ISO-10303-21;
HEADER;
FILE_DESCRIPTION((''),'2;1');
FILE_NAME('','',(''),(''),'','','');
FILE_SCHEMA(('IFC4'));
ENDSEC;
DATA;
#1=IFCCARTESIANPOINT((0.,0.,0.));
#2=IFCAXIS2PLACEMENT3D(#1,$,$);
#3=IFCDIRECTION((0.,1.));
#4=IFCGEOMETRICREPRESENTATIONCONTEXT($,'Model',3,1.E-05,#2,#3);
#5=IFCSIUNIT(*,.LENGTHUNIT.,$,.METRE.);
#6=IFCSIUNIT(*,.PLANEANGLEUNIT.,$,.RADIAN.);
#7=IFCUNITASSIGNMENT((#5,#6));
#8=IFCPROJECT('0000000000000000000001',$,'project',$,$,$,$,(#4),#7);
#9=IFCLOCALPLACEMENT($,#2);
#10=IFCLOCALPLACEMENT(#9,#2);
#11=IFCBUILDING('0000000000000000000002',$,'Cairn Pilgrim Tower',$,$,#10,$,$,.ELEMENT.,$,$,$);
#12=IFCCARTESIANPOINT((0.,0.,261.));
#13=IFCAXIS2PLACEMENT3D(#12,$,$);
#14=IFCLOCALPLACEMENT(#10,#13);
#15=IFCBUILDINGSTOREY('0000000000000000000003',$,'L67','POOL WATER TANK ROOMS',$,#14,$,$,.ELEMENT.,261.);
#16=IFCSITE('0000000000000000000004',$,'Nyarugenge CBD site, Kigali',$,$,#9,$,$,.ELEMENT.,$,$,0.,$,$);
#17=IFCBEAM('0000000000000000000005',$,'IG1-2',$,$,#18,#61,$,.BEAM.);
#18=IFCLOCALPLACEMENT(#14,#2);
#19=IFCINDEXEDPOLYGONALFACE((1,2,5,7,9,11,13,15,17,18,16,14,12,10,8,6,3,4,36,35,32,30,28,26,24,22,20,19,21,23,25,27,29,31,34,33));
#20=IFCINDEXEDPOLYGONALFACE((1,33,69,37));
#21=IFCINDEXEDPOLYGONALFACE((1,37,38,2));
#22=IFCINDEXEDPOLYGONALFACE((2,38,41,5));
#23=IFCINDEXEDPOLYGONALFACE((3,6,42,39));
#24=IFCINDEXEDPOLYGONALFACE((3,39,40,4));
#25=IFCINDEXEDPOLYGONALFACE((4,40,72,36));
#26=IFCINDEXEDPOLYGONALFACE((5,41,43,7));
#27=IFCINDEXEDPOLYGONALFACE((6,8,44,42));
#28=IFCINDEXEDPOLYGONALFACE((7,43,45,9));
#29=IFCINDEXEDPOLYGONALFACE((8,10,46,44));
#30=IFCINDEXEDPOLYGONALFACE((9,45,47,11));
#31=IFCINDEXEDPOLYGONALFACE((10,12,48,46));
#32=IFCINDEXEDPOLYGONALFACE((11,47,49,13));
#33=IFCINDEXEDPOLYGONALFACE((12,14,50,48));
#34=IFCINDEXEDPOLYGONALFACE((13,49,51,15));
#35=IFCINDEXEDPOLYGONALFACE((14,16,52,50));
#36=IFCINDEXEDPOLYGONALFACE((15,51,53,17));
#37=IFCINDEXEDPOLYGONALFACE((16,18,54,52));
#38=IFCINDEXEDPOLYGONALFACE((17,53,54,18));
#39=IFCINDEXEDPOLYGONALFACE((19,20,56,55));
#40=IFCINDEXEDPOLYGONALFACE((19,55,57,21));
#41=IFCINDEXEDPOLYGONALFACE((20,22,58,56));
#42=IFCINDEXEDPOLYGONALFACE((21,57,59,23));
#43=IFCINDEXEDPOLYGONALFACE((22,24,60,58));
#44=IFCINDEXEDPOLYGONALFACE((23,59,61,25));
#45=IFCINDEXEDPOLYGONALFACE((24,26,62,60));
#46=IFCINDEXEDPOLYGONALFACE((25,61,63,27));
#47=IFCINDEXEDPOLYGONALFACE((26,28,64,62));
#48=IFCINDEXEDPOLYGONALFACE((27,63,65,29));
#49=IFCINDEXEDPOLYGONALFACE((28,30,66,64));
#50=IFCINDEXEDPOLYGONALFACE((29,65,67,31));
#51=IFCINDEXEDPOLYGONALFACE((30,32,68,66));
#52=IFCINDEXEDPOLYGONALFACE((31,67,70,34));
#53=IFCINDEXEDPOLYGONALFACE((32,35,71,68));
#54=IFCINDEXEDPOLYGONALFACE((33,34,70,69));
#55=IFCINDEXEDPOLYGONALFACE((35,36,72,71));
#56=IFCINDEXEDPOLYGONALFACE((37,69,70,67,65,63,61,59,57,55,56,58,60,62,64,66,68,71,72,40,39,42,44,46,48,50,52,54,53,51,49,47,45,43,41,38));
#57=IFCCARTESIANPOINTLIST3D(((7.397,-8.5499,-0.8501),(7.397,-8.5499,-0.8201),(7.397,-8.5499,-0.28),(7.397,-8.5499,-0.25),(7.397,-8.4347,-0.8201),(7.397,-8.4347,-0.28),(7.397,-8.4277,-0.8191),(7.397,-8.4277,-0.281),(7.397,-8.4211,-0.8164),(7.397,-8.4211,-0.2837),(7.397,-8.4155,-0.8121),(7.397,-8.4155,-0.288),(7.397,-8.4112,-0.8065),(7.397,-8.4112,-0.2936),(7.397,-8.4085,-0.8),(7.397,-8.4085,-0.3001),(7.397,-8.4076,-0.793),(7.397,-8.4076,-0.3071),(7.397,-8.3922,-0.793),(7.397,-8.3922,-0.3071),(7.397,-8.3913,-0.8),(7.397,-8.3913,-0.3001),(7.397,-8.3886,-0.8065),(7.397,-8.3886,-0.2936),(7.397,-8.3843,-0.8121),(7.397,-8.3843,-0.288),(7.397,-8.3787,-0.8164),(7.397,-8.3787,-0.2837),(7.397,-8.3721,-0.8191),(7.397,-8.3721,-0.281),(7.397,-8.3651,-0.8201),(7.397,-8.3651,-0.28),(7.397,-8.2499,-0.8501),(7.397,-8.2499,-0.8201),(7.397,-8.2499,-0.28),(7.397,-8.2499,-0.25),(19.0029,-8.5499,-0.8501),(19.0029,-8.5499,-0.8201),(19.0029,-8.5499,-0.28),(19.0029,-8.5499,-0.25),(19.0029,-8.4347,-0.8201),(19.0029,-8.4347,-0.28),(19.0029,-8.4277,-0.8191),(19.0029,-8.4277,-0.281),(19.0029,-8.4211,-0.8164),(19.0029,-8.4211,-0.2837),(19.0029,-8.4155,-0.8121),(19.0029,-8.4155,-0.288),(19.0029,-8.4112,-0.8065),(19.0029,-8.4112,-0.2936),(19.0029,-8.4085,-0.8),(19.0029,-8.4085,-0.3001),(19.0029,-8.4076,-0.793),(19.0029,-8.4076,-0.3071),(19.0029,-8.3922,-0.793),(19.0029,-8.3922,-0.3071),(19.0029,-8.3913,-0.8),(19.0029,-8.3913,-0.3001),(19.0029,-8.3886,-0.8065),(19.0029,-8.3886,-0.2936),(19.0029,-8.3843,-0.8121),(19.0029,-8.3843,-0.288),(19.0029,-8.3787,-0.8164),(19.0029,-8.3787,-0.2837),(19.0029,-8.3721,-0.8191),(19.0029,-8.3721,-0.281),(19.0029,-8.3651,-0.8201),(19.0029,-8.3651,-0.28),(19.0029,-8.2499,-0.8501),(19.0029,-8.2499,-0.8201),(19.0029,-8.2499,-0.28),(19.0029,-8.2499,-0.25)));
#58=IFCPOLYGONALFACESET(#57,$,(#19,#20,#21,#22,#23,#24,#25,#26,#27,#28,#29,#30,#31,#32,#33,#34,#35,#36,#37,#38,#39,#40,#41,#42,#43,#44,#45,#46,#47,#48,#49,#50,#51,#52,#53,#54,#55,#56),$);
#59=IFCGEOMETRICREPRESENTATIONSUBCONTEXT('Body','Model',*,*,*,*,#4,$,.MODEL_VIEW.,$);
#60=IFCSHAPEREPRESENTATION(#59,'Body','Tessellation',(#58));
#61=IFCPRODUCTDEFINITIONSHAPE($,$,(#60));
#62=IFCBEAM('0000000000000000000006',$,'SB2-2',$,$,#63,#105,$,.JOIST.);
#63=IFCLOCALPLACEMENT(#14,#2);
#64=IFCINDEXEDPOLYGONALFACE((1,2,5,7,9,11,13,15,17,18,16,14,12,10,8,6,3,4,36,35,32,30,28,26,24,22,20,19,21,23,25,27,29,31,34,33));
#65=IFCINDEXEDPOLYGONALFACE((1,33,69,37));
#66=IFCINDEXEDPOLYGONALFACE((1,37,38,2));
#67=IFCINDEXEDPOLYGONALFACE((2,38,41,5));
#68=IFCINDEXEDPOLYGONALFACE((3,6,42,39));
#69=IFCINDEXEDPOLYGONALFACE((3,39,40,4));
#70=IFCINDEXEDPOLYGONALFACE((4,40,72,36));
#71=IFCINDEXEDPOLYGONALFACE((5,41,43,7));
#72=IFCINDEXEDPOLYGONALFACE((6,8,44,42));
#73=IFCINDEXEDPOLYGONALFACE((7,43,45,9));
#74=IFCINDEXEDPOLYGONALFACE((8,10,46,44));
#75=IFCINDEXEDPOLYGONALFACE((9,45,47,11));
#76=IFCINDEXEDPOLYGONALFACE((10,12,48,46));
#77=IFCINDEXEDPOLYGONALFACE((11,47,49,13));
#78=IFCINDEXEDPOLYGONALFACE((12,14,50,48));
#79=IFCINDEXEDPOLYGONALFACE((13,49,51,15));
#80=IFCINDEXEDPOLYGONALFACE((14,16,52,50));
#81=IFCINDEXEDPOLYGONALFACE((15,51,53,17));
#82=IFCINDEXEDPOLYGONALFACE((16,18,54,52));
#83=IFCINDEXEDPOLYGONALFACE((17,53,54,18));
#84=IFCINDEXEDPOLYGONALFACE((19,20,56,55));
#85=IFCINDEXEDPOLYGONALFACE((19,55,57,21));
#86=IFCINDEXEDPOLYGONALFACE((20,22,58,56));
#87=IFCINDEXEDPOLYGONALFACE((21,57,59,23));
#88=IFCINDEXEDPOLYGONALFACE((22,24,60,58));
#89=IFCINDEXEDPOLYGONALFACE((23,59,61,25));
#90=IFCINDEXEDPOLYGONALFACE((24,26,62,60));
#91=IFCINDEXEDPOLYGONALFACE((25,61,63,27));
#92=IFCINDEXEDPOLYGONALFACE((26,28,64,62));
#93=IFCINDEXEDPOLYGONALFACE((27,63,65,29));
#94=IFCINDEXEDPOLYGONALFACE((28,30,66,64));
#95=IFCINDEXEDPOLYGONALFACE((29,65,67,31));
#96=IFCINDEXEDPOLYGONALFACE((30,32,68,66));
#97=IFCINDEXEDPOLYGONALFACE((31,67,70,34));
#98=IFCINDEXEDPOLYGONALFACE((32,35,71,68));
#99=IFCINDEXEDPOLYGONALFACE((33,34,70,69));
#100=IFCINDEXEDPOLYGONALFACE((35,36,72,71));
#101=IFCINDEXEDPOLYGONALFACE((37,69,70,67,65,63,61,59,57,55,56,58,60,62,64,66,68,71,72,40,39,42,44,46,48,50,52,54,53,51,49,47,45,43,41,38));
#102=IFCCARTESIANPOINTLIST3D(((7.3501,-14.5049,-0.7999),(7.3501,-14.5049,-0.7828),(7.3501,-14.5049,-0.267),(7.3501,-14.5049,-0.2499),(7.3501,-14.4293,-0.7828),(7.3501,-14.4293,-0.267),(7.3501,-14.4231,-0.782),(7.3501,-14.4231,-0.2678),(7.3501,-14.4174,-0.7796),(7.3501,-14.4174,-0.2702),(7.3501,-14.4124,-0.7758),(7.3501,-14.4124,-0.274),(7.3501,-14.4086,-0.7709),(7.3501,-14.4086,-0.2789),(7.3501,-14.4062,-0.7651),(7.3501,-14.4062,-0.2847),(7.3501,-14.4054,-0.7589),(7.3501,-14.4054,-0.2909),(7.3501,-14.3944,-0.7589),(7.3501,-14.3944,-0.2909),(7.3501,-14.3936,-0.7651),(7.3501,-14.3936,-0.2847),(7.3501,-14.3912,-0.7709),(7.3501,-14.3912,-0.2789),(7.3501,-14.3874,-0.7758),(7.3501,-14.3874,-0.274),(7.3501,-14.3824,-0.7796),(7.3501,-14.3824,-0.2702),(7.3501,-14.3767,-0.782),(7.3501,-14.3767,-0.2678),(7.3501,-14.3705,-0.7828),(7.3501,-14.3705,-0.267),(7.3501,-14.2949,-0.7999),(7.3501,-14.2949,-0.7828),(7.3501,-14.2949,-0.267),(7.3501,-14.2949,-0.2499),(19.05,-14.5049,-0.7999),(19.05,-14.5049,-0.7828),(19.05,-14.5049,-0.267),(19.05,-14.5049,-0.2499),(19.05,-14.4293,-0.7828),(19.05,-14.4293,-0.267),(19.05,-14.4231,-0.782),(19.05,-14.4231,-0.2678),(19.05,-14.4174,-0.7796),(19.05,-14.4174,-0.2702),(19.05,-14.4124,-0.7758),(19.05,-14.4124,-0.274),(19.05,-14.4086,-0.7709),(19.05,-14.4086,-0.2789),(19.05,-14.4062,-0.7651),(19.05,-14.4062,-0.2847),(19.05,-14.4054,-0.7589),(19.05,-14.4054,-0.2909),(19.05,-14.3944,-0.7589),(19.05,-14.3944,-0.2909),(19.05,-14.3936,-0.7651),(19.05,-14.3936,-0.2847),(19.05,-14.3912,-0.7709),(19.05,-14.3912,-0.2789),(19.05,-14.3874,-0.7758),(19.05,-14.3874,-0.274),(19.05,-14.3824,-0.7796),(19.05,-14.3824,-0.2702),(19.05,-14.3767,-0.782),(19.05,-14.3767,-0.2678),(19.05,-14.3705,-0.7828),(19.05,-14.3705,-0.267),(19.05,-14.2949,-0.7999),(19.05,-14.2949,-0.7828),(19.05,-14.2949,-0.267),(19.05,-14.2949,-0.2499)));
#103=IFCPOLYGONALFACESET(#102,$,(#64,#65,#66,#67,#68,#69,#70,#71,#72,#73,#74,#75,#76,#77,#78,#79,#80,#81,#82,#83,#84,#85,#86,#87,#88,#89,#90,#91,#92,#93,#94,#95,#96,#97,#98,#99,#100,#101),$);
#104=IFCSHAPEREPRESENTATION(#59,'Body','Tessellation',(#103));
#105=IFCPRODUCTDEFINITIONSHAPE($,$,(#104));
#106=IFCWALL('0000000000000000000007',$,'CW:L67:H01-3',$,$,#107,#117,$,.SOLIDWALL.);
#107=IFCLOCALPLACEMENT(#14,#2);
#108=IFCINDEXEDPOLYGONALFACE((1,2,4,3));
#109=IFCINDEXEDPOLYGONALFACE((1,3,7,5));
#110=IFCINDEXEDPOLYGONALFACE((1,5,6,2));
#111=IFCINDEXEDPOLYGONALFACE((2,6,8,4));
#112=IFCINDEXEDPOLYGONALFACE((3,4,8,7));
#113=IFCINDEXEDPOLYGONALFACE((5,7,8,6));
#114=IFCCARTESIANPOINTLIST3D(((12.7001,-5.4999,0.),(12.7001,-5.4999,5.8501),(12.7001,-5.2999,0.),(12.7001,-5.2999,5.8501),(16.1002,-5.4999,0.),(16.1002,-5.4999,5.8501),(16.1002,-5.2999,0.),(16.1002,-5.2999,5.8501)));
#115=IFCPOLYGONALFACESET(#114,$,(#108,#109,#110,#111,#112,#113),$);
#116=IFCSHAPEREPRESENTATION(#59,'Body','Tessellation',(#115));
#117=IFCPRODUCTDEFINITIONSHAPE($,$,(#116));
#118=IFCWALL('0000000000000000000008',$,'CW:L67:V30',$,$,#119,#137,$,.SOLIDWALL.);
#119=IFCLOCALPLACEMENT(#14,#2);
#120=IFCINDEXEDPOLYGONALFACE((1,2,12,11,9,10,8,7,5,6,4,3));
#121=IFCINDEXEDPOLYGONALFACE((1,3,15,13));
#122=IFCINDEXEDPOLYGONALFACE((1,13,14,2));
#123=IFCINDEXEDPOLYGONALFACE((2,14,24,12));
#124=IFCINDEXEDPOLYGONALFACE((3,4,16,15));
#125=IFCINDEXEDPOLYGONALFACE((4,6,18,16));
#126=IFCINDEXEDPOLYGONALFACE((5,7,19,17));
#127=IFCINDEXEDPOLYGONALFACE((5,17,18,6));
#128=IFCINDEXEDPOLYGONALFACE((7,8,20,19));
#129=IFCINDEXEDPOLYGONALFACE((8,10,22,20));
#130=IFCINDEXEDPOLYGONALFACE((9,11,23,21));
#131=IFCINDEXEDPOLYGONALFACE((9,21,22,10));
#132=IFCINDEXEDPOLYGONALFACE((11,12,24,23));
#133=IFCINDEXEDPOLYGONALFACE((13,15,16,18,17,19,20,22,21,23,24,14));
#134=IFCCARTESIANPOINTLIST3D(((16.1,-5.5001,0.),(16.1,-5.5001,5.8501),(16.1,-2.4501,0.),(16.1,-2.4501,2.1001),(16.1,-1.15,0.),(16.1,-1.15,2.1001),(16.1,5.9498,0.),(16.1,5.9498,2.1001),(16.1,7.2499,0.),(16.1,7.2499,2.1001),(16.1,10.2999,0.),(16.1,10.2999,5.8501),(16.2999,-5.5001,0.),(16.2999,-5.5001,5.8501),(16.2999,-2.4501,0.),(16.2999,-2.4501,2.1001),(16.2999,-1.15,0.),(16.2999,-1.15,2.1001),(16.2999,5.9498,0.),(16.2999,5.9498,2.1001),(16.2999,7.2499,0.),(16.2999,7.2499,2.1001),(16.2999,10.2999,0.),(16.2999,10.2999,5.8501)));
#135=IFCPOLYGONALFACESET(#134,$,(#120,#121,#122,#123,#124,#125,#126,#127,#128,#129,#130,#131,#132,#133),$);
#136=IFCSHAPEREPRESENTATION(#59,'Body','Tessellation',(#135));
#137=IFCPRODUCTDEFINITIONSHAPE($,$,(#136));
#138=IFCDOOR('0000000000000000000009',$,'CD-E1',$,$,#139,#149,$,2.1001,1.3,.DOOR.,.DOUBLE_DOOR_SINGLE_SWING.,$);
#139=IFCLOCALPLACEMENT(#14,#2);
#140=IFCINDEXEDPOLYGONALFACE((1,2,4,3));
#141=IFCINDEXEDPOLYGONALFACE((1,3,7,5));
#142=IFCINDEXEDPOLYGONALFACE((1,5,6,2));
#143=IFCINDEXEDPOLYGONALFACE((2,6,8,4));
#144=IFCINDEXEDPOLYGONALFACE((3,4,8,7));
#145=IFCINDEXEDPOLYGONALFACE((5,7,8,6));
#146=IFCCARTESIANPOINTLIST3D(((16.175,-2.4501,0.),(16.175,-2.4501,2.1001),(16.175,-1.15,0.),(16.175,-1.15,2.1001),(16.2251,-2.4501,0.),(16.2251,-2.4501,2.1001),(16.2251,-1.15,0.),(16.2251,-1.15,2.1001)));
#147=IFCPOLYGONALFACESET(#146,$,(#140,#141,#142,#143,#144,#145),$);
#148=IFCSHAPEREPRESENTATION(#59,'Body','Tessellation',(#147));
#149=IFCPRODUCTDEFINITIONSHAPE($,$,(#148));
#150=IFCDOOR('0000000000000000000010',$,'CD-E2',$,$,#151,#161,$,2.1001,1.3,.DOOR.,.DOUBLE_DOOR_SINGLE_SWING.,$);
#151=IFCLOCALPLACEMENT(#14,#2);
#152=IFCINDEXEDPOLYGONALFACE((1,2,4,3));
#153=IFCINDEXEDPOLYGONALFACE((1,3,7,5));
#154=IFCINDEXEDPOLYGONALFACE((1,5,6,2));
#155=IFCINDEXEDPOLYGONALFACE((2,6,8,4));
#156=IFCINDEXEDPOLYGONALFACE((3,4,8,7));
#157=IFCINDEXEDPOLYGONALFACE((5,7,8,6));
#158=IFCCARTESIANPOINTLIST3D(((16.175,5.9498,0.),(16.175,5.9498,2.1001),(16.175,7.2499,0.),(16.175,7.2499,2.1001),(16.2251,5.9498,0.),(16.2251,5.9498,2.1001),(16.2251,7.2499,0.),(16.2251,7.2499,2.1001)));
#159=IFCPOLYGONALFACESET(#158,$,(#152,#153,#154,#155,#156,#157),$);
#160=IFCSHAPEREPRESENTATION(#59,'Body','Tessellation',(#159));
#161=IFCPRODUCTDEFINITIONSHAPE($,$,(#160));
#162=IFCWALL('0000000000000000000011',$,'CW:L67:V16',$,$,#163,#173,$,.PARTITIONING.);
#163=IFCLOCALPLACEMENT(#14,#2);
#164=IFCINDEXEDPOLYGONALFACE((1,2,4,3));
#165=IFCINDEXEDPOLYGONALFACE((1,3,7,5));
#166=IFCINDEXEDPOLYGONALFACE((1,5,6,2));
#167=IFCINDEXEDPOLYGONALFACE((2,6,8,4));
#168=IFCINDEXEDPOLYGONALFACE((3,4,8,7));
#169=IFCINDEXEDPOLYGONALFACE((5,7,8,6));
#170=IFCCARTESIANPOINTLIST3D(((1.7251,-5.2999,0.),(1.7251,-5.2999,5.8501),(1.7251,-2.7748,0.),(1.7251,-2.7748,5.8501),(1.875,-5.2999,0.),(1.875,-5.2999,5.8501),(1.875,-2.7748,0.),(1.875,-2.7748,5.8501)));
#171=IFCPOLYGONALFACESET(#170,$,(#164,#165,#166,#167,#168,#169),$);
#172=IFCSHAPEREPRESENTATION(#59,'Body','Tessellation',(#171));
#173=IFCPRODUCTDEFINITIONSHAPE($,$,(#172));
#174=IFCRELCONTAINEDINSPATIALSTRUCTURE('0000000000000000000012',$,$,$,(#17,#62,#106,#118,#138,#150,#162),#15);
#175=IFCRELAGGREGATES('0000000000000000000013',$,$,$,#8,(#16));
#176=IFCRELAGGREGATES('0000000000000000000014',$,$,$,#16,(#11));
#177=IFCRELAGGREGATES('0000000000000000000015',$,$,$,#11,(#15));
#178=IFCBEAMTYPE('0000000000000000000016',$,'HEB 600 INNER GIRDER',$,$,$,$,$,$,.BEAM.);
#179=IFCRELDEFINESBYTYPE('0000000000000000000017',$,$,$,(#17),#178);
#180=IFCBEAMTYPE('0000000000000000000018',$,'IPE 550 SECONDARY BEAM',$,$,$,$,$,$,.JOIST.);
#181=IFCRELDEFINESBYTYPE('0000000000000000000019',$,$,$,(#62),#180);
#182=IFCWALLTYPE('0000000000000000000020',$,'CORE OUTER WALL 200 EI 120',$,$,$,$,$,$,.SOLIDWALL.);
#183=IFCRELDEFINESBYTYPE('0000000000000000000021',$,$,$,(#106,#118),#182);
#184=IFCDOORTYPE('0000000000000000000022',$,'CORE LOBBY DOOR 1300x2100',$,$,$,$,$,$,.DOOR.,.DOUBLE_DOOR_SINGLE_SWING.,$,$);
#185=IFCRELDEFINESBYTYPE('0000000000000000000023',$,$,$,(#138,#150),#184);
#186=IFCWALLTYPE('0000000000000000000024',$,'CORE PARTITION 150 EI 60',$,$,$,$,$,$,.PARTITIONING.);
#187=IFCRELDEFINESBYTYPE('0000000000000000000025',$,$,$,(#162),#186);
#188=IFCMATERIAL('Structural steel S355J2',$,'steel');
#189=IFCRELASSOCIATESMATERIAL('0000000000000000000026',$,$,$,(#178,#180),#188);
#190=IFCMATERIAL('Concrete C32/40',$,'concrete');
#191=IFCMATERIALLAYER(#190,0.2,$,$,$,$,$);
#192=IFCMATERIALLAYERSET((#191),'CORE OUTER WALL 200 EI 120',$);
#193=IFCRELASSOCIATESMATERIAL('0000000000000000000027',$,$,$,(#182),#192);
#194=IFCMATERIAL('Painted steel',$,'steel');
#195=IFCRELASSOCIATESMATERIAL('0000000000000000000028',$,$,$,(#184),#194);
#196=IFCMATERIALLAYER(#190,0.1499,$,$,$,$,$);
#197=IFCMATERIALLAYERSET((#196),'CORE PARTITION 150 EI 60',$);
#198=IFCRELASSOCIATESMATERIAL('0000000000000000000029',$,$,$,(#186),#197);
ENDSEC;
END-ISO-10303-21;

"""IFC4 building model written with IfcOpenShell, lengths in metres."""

from ifc_helpers import new_model, si_unit, direction, frame, frame_2d, origin, origin_2d, place, context, subcontext, project, spatial, rectangle, i_section, extrude, material, layer, layer_set, material_profile, profile_set, type_object, element, fill, save


model = new_model("IFC4")

# Units and contexts
model_context = context("Model", 3, precision=1e-05, world=origin(), true_north=direction((0.0, 1.0)))
body_context = subcontext(model_context, "Body", "Model", "MODEL_VIEW")
ifc_project = project(units=[si_unit("LENGTHUNIT", "METRE"), si_unit("PLANEANGLEUNIT", "RADIAN")], contexts=[model_context])

# Site, building, storey
site_placement = place(None, origin())
site = spatial("IfcSite", under=ifc_project, at=site_placement, Name="Nyarugenge CBD site, Kigali", CompositionType="ELEMENT", RefElevation=0.0)
building_placement = place(site_placement, origin())
building = spatial("IfcBuilding", under=site, at=building_placement, Name="Cairn Pilgrim Tower", CompositionType="ELEMENT")
storey_placement = place(building_placement, frame((0.0, 0.0, 261.0)))
storey = spatial("IfcBuildingStorey", under=building, at=storey_placement, Name="L67", Description="POOL WATER TANK ROOMS", CompositionType="ELEMENT", Elevation=261.0)

# Shared definitions
ifc_material_1 = material(Name="Structural steel S355J2", Category="steel")

# Beams
ifc_material_profile_1 = material_profile(ifc_material_1, i_section(OverallWidth=0.3, OverallDepth=0.6001, WebThickness=0.0154, FlangeThickness=0.03, FilletRadius=0.0271, at=origin_2d()), Name="HEB 600")
ifc_profile_set_1 = profile_set([ifc_material_profile_1], Name="Structural steel S355J2")
beam_type_1 = type_object("IfcBeamType", Name="HEB 600 INNER GIRDER", PredefinedType="BEAM", material=ifc_profile_set_1)
beam_1_placement = place(storey_placement, frame((7.397, -8.3999, -0.55), z_axis=(1.0, 0.0, 0.0), x_axis=(0.0, 1.0, 0.0)))
element("IfcBeam", 1, at=beam_1_placement, inside=storey, type_object=beam_type_1, Name="IG1-2", PredefinedType="BEAM", context=body_context, shape_type="SweptSolid", body=[
    extrude(i_section(OverallWidth=0.3, OverallDepth=0.6001, WebThickness=0.0154, FlangeThickness=0.03, FilletRadius=0.0271, at=origin_2d()), origin(), (0.0, 0.0, 1.0), 11.606),
])
ifc_material_profile_2 = material_profile(ifc_material_1, i_section(OverallWidth=0.21, OverallDepth=0.55, WebThickness=0.011, FlangeThickness=0.0171, FilletRadius=0.0239, at=origin_2d()), Name="IPE 550")
ifc_profile_set_2 = profile_set([ifc_material_profile_2], Name="Structural steel S355J2")
beam_type_2 = type_object("IfcBeamType", Name="IPE 550 SECONDARY BEAM", PredefinedType="JOIST", material=ifc_profile_set_2)
beam_2_placement = place(storey_placement, frame((7.3501, -14.3999, -0.5249), z_axis=(1.0, 0.0, 0.0), x_axis=(0.0, 1.0, 0.0)))
element("IfcBeam", 2, at=beam_2_placement, inside=storey, type_object=beam_type_2, Name="SB2-2", PredefinedType="JOIST", context=body_context, shape_type="SweptSolid", body=[
    extrude(i_section(OverallWidth=0.21, OverallDepth=0.55, WebThickness=0.011, FlangeThickness=0.0171, FilletRadius=0.0239, at=origin_2d()), origin(), (0.0, 0.0, 1.0), 11.7),
])

# Wall
ifc_material_2 = material(Name="Concrete C32/40", Category="concrete")
ifc_layer_1 = layer(ifc_material_2, 0.2)
ifc_layer_set_1 = layer_set([ifc_layer_1], Name="CORE OUTER WALL 200 EI 120")
wall_type_1 = type_object("IfcWallType", Name="CORE OUTER WALL 200 EI 120", PredefinedType="SOLIDWALL", material=ifc_layer_set_1)
wall_1_placement = place(storey_placement, frame((12.7, -5.3999, 0.0), z_axis=(0.0, 0.0, 1.0), x_axis=(1.0, 0.0, 0.0)))
element("IfcWall", 3, at=wall_1_placement, inside=storey, type_object=wall_type_1, Name="CW:L67:H01-3", PredefinedType="SOLIDWALL", context=body_context, shape_type="SweptSolid", body=[
    extrude(rectangle(XDim=3.4001, YDim=0.2, at=frame_2d((1.7002, 0.0))), origin(), (0.0, 0.0, 1.0), 5.8501),
])

# Wall, openings, doors
wall_2_placement = place(storey_placement, frame((16.2, -5.5, 0.0), z_axis=(0.0, 0.0, 1.0), x_axis=(0.0, 1.0, 0.0)))
wall_2 = element("IfcWall", 4, at=wall_2_placement, inside=storey, type_object=wall_type_1, Name="CW:L67:V30", PredefinedType="SOLIDWALL", context=body_context, shape_type="SweptSolid", body=[
    extrude(rectangle(XDim=15.8, YDim=0.2, at=frame_2d((7.8999, 0.0))), origin(), (0.0, 0.0, 1.0), 5.8501),
])
opening_1_placement = place(wall_2_placement, frame((3.05, 0.0, 0.0)))
opening_1 = element("IfcOpeningElement", 5, at=opening_1_placement, cuts=wall_2, PredefinedType="OPENING", context=body_context, shape_type="SweptSolid", body=[
    extrude(rectangle(XDim=1.3, YDim=2.1001, at=frame_2d((0.6499, 1.05))), frame((0.0, 0.1099, 0.0), z_axis=(0.0, -1.0, 0.0), x_axis=(1.0, 0.0, 0.0)), (0.0, 0.0, 1.0), 0.22),
])
opening_2_placement = place(wall_2_placement, frame((11.45, 0.0, 0.0)))
opening_2 = element("IfcOpeningElement", 6, at=opening_2_placement, cuts=wall_2, PredefinedType="OPENING", context=body_context, shape_type="SweptSolid", body=[
    extrude(rectangle(XDim=1.3, YDim=2.1001, at=frame_2d((0.6499, 1.05))), frame((0.0, 0.1099, 0.0), z_axis=(0.0, -1.0, 0.0), x_axis=(1.0, 0.0, 0.0)), (0.0, 0.0, 1.0), 0.22),
])
ifc_material_3 = material(Name="Painted steel", Category="steel")
door_type_1 = type_object("IfcDoorType", Name="CORE LOBBY DOOR 1300x2100", OperationType="DOUBLE_DOOR_SINGLE_SWING", PredefinedType="DOOR", material=ifc_material_3)
door_1_placement = place(opening_1_placement, origin())
door_1 = element("IfcDoor", 7, at=door_1_placement, inside=storey, type_object=door_type_1, Name="CD-E1", OperationType="DOUBLE_DOOR_SINGLE_SWING", OverallHeight=2.1001, OverallWidth=1.3, PredefinedType="DOOR", context=body_context, shape_type="SweptSolid", body=[
    extrude(rectangle(XDim=1.3, YDim=2.1001, at=frame_2d((0.6499, 1.05))), frame((0.0, 0.0249, 0.0), z_axis=(0.0, -1.0, 0.0), x_axis=(1.0, 0.0, 0.0)), (0.0, 0.0, 1.0), 0.05),
])
fill(opening_1, door_1)
door_2_placement = place(opening_2_placement, origin())
door_2 = element("IfcDoor", 8, at=door_2_placement, inside=storey, type_object=door_type_1, Name="CD-E2", OperationType="DOUBLE_DOOR_SINGLE_SWING", OverallHeight=2.1001, OverallWidth=1.3, PredefinedType="DOOR", context=body_context, shape_type="SweptSolid", body=[
    extrude(rectangle(XDim=1.3, YDim=2.1001, at=frame_2d((0.6499, 1.05))), frame((0.0, 0.0249, 0.0), z_axis=(0.0, -1.0, 0.0), x_axis=(1.0, 0.0, 0.0)), (0.0, 0.0, 1.0), 0.05),
])
fill(opening_2, door_2)

# Wall
ifc_layer_2 = layer(ifc_material_2, 0.1499)
ifc_layer_set_2 = layer_set([ifc_layer_2], Name="CORE PARTITION 150 EI 60")
wall_type_2 = type_object("IfcWallType", Name="CORE PARTITION 150 EI 60", PredefinedType="PARTITIONING", material=ifc_layer_set_2)
wall_3_placement = place(storey_placement, frame((1.8, -5.3, 0.0), z_axis=(0.0, 0.0, 1.0), x_axis=(0.0, 1.0, 0.0)))
element("IfcWall", 9, at=wall_3_placement, inside=storey, type_object=wall_type_2, Name="CW:L67:V16", PredefinedType="PARTITIONING", context=body_context, shape_type="SweptSolid", body=[
    extrude(rectangle(XDim=2.5251, YDim=0.1499, at=frame_2d((1.2627, 0.0))), origin(), (0.0, 0.0, 1.0), 5.8501),
])

save(model, "model.ifc")
